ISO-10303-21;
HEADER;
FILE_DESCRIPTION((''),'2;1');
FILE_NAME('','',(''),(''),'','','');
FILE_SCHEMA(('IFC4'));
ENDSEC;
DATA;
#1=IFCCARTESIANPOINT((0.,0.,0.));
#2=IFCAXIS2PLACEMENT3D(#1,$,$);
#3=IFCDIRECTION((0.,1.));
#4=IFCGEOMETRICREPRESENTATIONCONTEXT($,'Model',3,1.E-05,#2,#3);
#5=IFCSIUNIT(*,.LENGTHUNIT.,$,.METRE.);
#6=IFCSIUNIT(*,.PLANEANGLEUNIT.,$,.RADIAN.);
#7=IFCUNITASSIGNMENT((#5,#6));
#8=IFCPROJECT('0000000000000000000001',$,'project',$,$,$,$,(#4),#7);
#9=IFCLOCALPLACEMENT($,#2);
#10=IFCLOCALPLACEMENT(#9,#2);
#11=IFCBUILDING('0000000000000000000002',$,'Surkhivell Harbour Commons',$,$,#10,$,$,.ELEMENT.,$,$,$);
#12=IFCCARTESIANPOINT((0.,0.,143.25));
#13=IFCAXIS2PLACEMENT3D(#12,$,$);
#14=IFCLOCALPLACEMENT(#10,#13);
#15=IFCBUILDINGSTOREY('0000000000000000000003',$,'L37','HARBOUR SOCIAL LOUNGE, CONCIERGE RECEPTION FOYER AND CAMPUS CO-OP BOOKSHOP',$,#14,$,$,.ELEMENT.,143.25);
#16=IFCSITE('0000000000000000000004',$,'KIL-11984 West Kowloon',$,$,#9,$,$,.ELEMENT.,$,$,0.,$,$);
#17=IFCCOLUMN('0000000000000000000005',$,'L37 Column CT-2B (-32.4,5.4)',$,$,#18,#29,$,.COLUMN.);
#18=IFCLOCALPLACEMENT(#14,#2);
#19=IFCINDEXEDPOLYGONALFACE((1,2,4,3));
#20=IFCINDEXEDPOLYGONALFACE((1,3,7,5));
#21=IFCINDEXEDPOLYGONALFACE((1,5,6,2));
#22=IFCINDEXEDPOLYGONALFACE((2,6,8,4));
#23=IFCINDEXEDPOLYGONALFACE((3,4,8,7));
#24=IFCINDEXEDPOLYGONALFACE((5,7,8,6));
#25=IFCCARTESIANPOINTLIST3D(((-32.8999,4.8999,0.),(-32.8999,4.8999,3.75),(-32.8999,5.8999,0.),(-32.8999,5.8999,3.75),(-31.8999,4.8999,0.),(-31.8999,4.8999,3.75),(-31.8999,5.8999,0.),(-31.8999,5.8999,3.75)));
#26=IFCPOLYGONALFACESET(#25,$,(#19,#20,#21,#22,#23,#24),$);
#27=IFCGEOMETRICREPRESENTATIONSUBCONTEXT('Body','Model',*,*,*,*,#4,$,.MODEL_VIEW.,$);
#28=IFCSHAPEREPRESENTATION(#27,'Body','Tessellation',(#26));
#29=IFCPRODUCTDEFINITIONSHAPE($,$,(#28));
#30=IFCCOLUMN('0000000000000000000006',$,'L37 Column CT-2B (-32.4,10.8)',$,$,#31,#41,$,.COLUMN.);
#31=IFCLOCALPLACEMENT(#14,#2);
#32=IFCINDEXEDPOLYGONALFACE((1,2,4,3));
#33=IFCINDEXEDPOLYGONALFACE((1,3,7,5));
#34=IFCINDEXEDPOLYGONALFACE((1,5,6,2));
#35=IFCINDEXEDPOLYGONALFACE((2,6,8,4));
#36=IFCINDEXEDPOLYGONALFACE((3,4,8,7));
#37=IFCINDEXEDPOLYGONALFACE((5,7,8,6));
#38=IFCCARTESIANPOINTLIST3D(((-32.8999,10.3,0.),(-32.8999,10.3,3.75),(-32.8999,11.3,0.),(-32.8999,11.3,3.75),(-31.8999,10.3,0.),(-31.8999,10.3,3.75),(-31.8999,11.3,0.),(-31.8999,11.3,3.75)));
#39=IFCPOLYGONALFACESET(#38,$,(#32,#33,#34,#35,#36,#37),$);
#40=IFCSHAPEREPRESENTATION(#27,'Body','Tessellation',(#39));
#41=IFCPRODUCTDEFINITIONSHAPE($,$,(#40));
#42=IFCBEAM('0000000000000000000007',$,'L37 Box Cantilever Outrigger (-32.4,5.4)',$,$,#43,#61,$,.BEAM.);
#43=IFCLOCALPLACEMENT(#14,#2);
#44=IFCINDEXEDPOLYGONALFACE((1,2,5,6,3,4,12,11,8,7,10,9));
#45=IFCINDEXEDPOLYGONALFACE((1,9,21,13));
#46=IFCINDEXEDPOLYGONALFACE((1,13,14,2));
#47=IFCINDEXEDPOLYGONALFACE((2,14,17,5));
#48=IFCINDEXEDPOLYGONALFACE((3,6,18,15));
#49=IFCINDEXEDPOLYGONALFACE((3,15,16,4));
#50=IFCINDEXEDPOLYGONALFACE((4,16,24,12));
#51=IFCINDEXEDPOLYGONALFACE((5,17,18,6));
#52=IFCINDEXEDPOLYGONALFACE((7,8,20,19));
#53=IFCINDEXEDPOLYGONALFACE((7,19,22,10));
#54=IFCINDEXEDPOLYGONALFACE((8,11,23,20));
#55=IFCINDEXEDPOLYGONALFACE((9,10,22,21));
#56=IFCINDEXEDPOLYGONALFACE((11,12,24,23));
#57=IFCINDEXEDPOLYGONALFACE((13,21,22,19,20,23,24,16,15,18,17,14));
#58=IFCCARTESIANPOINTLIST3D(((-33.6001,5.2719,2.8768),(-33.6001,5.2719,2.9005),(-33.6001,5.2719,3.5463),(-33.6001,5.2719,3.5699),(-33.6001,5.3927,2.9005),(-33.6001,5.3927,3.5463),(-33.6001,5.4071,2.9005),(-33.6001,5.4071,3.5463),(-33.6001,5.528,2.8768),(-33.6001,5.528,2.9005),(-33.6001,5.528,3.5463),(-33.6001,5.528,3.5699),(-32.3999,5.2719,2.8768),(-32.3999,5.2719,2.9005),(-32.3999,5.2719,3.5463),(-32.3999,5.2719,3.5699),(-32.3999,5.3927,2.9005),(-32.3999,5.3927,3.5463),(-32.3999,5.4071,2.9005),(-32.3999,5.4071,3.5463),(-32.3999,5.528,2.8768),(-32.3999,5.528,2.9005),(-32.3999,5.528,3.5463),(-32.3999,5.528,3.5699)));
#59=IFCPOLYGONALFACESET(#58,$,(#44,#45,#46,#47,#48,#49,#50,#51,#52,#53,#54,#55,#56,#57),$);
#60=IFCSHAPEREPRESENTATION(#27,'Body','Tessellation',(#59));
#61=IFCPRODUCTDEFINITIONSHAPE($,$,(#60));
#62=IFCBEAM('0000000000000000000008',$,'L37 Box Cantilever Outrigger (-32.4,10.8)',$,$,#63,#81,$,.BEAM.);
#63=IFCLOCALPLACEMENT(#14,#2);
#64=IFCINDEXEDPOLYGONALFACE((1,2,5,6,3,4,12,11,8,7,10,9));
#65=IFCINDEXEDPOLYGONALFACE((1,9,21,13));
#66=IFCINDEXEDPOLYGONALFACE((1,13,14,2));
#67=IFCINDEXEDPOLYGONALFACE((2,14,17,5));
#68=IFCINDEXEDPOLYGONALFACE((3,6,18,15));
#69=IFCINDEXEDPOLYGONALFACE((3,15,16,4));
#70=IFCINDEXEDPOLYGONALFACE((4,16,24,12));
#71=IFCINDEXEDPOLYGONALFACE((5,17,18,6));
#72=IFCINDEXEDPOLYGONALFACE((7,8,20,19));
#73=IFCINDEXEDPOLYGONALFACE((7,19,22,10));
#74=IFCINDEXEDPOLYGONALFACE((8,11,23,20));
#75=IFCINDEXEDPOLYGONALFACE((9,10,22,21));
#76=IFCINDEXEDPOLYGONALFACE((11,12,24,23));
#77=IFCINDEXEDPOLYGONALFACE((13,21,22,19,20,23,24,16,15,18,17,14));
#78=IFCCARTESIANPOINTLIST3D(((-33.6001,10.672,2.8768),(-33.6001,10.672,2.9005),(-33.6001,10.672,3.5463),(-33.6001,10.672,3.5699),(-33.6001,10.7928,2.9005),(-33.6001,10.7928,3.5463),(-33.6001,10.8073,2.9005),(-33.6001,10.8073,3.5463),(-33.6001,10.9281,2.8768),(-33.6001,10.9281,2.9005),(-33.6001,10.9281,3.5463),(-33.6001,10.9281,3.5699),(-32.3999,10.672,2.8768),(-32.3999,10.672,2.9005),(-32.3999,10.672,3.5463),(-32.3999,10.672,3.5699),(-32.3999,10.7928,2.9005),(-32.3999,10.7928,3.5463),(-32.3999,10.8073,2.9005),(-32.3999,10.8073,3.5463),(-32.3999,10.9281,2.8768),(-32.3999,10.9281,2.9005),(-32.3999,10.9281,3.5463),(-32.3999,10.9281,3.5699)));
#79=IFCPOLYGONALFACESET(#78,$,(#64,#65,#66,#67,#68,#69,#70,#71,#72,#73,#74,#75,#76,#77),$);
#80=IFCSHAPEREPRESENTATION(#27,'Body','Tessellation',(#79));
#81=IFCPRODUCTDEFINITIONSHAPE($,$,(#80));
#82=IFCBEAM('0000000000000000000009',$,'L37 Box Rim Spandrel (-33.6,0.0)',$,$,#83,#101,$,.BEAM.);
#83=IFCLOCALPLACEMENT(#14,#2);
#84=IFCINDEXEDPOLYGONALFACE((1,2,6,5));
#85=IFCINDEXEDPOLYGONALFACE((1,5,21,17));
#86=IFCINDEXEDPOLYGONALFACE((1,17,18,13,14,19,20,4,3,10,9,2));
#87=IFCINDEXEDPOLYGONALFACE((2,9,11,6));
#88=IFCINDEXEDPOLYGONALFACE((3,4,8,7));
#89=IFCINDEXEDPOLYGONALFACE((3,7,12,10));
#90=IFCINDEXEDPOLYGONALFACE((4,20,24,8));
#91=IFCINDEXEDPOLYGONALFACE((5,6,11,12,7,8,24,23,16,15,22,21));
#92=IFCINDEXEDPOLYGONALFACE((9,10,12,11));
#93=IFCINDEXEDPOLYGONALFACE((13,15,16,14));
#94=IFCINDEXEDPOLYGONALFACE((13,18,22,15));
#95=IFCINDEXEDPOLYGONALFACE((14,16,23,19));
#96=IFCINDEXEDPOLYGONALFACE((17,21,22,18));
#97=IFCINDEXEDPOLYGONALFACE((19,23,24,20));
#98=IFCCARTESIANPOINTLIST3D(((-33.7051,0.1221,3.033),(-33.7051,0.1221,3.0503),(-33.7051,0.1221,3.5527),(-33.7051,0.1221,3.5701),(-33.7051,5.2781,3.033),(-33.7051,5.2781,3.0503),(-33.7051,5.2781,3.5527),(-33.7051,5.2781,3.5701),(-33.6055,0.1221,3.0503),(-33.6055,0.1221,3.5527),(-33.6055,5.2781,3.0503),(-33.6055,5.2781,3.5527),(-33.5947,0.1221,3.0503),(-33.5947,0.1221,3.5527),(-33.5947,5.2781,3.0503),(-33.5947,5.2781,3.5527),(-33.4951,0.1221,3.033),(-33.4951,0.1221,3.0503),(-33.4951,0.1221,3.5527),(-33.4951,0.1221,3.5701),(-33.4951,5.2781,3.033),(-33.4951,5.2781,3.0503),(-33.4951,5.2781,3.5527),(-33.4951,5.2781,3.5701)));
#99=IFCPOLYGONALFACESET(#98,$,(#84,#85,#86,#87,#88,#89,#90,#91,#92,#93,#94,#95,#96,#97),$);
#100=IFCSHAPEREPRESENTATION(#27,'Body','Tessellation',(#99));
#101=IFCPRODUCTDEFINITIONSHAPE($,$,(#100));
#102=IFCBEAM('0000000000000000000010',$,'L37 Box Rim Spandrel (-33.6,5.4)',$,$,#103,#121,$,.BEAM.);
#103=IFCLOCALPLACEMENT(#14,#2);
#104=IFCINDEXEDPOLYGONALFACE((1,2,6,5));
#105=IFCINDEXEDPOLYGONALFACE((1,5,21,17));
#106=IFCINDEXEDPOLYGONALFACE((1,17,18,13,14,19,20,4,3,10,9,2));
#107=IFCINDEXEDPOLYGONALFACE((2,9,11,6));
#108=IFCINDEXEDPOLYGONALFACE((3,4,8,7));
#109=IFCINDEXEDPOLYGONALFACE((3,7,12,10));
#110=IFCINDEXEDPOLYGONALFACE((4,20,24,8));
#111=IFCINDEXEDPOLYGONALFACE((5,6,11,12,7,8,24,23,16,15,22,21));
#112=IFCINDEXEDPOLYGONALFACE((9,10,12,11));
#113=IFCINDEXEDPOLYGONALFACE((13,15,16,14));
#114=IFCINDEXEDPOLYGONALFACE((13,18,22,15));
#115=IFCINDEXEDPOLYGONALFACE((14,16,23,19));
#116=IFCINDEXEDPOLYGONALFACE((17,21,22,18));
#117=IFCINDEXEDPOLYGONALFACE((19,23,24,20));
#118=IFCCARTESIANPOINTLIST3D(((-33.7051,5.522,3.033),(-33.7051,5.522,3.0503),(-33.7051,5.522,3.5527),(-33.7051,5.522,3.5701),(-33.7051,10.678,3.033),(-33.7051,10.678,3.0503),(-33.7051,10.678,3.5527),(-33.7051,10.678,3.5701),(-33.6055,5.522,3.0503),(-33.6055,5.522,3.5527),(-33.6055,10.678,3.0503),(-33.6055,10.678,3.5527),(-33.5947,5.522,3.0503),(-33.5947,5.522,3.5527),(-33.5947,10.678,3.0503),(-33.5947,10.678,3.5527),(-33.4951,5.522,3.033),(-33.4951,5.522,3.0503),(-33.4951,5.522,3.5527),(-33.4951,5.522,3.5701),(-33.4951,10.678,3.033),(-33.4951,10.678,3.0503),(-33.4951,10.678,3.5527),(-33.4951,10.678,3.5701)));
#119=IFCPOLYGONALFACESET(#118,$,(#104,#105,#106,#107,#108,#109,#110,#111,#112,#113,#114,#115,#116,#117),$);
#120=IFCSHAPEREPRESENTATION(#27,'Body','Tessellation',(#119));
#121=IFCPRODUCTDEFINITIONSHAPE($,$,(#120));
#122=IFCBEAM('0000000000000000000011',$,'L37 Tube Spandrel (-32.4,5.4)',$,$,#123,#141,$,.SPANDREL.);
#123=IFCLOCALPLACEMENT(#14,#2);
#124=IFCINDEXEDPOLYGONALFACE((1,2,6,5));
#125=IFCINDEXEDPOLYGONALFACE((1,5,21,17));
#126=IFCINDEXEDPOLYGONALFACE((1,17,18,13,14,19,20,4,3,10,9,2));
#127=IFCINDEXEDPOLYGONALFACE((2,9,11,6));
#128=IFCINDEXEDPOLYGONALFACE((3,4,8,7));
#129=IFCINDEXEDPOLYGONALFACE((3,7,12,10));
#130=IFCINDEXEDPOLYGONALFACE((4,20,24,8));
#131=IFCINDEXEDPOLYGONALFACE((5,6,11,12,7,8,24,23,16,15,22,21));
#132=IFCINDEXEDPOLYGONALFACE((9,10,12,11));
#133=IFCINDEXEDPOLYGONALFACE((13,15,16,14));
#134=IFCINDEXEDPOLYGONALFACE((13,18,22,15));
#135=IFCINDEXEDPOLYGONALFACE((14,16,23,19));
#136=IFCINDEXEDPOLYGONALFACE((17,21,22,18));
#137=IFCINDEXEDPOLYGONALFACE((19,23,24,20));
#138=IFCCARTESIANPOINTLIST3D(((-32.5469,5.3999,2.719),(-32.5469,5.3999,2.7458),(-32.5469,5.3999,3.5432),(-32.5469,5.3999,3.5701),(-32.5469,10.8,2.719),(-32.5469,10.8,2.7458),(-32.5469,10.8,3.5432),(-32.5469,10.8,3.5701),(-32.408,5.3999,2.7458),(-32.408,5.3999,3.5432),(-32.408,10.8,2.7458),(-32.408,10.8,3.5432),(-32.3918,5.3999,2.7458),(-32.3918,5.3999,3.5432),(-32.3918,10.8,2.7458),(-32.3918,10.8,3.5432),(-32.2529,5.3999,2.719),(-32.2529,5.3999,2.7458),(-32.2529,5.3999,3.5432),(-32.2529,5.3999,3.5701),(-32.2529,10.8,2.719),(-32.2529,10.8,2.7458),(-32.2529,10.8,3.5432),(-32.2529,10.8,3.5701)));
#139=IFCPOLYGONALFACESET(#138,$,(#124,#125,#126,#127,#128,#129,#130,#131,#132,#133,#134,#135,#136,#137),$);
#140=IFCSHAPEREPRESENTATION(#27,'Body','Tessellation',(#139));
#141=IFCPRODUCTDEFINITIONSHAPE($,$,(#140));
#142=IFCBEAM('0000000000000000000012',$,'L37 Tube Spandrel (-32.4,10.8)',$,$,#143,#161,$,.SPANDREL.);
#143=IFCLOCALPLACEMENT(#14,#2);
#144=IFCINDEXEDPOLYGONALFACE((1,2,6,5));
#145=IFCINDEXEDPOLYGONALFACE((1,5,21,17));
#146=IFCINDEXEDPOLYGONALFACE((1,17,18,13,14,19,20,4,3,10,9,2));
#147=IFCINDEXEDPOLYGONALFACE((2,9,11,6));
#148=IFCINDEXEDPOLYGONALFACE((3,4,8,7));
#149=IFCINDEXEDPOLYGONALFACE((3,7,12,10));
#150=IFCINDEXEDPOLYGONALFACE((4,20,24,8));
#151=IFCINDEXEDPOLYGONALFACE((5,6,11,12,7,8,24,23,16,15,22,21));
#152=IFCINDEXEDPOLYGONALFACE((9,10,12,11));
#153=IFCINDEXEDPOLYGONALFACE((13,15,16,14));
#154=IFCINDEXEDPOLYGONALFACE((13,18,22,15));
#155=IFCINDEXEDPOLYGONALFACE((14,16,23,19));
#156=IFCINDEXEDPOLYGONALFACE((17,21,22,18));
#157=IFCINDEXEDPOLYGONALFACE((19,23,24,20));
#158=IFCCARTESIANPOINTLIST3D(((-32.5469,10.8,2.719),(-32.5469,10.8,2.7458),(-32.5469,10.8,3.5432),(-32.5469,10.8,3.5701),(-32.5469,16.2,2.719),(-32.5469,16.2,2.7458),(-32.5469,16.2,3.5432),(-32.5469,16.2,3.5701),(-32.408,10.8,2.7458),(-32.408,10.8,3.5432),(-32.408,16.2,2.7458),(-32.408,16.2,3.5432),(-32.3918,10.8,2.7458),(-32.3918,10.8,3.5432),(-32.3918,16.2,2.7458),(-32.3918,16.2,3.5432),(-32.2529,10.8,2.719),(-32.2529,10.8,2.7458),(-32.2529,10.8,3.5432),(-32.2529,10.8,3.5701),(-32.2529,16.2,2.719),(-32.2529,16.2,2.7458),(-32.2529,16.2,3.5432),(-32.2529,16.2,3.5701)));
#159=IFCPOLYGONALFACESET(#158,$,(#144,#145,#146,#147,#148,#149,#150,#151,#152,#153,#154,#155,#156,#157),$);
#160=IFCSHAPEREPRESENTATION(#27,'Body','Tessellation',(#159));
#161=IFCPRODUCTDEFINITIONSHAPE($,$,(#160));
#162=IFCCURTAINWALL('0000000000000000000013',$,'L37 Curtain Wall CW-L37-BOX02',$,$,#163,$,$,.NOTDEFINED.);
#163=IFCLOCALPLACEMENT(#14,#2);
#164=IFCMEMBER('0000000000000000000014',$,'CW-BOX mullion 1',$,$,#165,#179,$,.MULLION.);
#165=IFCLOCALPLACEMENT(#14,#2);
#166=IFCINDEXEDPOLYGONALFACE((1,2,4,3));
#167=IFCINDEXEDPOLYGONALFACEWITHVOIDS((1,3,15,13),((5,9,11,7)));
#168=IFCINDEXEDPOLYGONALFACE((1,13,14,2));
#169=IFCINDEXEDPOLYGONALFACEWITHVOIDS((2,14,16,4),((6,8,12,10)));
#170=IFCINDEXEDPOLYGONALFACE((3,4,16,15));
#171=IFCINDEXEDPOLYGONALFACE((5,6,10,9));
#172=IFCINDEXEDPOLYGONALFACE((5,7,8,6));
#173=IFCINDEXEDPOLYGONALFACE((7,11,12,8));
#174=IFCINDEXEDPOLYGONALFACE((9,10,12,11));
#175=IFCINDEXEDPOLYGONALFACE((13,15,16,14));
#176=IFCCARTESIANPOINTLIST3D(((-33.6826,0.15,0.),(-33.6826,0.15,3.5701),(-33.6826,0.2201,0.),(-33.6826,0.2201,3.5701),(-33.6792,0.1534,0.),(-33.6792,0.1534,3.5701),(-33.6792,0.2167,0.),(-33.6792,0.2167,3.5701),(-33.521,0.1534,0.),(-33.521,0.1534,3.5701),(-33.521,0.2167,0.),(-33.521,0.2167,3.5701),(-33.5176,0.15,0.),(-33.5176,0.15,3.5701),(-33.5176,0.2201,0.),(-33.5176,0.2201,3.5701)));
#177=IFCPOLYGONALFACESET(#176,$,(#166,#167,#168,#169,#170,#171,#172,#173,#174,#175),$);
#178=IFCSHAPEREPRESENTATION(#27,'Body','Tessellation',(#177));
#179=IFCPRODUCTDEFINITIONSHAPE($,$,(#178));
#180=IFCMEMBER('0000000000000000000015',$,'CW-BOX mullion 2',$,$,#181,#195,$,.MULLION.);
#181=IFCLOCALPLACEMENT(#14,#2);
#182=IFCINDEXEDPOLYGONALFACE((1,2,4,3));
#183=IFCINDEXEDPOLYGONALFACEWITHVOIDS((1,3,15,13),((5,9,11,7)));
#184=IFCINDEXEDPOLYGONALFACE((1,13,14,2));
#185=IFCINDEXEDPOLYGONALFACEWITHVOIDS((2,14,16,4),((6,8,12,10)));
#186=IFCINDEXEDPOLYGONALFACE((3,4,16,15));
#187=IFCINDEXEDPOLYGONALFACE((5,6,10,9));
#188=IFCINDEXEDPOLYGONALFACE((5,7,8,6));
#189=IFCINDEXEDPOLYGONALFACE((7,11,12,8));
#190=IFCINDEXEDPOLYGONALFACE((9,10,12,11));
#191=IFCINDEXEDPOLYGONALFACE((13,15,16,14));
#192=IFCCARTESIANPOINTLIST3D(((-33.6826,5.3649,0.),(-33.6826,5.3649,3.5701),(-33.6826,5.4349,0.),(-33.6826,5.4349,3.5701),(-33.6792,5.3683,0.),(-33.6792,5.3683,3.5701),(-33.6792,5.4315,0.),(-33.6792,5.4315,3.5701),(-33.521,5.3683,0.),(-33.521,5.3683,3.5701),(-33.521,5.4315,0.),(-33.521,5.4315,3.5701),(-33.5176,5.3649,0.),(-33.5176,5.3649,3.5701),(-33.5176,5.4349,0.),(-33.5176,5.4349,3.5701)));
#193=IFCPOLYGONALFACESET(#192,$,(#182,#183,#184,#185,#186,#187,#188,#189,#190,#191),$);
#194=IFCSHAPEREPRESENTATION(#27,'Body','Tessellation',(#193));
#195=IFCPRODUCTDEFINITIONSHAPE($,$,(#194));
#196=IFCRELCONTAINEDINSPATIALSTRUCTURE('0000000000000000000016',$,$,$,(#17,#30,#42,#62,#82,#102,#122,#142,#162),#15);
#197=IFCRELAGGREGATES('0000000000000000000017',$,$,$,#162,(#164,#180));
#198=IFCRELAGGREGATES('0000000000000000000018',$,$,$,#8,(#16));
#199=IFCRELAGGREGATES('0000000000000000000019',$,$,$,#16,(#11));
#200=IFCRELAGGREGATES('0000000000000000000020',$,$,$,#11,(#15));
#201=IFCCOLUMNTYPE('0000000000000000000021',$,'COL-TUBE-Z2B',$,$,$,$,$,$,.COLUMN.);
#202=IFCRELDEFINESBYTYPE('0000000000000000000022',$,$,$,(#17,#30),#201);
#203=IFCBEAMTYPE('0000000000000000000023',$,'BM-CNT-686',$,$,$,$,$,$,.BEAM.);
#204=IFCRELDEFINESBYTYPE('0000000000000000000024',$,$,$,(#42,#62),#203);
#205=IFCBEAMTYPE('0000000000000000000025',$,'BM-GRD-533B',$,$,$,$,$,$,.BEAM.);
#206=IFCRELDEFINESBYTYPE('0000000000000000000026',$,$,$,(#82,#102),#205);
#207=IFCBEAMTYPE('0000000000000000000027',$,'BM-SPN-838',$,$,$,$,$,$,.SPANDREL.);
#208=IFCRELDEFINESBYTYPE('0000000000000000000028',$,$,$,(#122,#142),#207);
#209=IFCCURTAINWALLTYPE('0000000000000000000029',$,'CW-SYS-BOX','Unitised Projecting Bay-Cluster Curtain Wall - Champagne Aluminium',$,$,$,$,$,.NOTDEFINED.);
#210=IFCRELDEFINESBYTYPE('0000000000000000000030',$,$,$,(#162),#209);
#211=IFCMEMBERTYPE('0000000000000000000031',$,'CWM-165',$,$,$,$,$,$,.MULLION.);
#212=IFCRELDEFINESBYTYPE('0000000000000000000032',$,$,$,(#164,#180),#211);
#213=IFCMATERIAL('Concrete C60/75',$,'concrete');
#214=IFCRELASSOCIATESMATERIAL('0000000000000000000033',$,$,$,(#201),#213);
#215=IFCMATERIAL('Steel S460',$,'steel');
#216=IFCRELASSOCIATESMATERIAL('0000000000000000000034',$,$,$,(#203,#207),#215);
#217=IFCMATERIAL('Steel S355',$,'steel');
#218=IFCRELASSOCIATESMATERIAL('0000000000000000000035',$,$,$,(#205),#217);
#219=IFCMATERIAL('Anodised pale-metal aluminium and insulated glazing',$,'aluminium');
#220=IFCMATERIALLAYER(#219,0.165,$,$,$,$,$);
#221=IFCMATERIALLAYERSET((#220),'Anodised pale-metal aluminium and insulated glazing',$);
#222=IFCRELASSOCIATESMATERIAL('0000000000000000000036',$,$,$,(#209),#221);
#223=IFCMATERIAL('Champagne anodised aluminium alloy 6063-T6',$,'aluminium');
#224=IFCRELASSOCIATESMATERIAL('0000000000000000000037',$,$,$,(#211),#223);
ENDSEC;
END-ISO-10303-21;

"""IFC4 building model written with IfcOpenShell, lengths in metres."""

from ifc_helpers import new_model, si_unit, direction, frame, origin, origin_2d, place, context, subcontext, project, spatial, rectangle, hollow_rectangle, i_section, extrude, material, layer, layer_set, material_profile, profile_set, type_object, element, aggregate, save


model = new_model("IFC4")

# Units and contexts
model_context = context("Model", 3, precision=1e-05, world=origin(), true_north=direction((0.0, 1.0)))
body_context = subcontext(model_context, "Body", "Model", "MODEL_VIEW")
ifc_project = project(units=[si_unit("LENGTHUNIT", "METRE"), si_unit("PLANEANGLEUNIT", "RADIAN")], contexts=[model_context])

# Site, building, storey
site_placement = place(None, origin())
site = spatial("IfcSite", under=ifc_project, at=site_placement, Name="KIL-11984 West Kowloon", CompositionType="ELEMENT", RefElevation=0.0)
building_placement = place(site_placement, origin())
building = spatial("IfcBuilding", under=site, at=building_placement, Name="Surkhivell Harbour Commons", CompositionType="ELEMENT")
storey_placement = place(building_placement, frame((0.0, 0.0, 143.25)))
storey = spatial("IfcBuildingStorey", under=building, at=storey_placement, Name="L37", Description="HARBOUR SOCIAL LOUNGE, CONCIERGE RECEPTION FOYER AND CAMPUS CO-OP BOOKSHOP", CompositionType="ELEMENT", Elevation=143.25)

# Columns
ifc_material_1 = material(Name="Concrete C60/75", Category="concrete")
ifc_material_profile_1 = material_profile(ifc_material_1, rectangle(XDim=1.0, YDim=1.0, at=origin_2d()), Name="RC-COL-1000x1000")
ifc_profile_set_1 = profile_set([ifc_material_profile_1], Name="Concrete C60/75")
column_type = type_object("IfcColumnType", Name="COL-TUBE-Z2B", PredefinedType="COLUMN", material=ifc_profile_set_1)
for number, where, z_axis, x_axis, name in (
    (1, (-32.3999, 5.3999, 0.0), (0.0, 0.0, 1.0), (1.0, 0.0, 0.0), "L37 Column CT-2B (-32.4,5.4)"),
    (2, (-32.3999, 10.8, 0.0), (0.0, 0.0, 1.0), (1.0, 0.0, 0.0), "L37 Column CT-2B (-32.4,10.8)"),
):
    element("IfcColumn", number, at=place(storey_placement, frame(where, z_axis=z_axis, x_axis=x_axis)), inside=storey, type_object=column_type, Name=name, PredefinedType="COLUMN", context=body_context, shape_type="SweptSolid", body=[
        extrude(rectangle(XDim=1.0, YDim=1.0, at=origin_2d()), origin(), (0.0, 0.0, 1.0), 3.75),
    ])

# Beams
ifc_material_2 = material(Name="Steel S460", Category="steel")
ifc_material_profile_2 = material_profile(ifc_material_2, i_section(OverallWidth=0.2561, OverallDepth=0.6931, WebThickness=0.0144, FlangeThickness=0.0237, at=origin_2d()), Name="UB686x254x170")
ifc_profile_set_2 = profile_set([ifc_material_profile_2], Name="Steel S460")
beam_type_1 = type_object("IfcBeamType", Name="BM-CNT-686", PredefinedType="BEAM", material=ifc_profile_set_2)
for number, where, z_axis, x_axis, name in (
    (3, (-32.3999, 5.3999, 3.2234), (-1.0, 0.0, 0.0), (0.0, -1.0, 0.0), "L37 Box Cantilever Outrigger (-32.4,5.4)"),
    (4, (-32.3999, 10.8, 3.2234), (-1.0, 0.0, 0.0), (0.0, -1.0, 0.0), "L37 Box Cantilever Outrigger (-32.4,10.8)"),
):
    element("IfcBeam", number, at=place(storey_placement, frame(where, z_axis=z_axis, x_axis=x_axis)), inside=storey, type_object=beam_type_1, Name=name, PredefinedType="BEAM", context=body_context, shape_type="SweptSolid", body=[
        extrude(i_section(OverallWidth=0.2561, OverallDepth=0.6931, WebThickness=0.0144, FlangeThickness=0.0237, at=origin_2d()), origin(), (0.0, 0.0, 1.0), 1.2002),
    ])
ifc_material_3 = material(Name="Steel S355", Category="steel")
ifc_material_profile_3 = material_profile(ifc_material_3, i_section(OverallWidth=0.21, OverallDepth=0.5371, WebThickness=0.0107, FlangeThickness=0.0173, at=origin_2d()), Name="UB533x210x101")
ifc_profile_set_3 = profile_set([ifc_material_profile_3], Name="Steel S355")
beam_type_2 = type_object("IfcBeamType", Name="BM-GRD-533B", PredefinedType="BEAM", material=ifc_profile_set_3)
for number, where, z_axis, x_axis, name in (
    (5, (-33.6001, 0.1221, 3.3015), (0.0, 1.0, 0.0), (-1.0, 0.0, 0.0), "L37 Box Rim Spandrel (-33.6,0.0)"),
    (6, (-33.6001, 5.522, 3.3015), (0.0, 1.0, 0.0), (-1.0, 0.0, 0.0), "L37 Box Rim Spandrel (-33.6,5.4)"),
):
    element("IfcBeam", number, at=place(storey_placement, frame(where, z_axis=z_axis, x_axis=x_axis)), inside=storey, type_object=beam_type_2, Name=name, PredefinedType="BEAM", context=body_context, shape_type="SweptSolid", body=[
        extrude(i_section(OverallWidth=0.21, OverallDepth=0.5371, WebThickness=0.0107, FlangeThickness=0.0173, at=origin_2d()), origin(), (0.0, 0.0, 1.0), 5.156),
    ])
ifc_material_profile_4 = material_profile(ifc_material_2, i_section(OverallWidth=0.2939, OverallDepth=0.8511, WebThickness=0.0161, FlangeThickness=0.0269, at=origin_2d()), Name="UB838x292x226")
ifc_profile_set_4 = profile_set([ifc_material_profile_4], Name="Steel S460")
beam_type_3 = type_object("IfcBeamType", Name="BM-SPN-838", PredefinedType="SPANDREL", material=ifc_profile_set_4)
beam_1_placement = place(storey_placement, frame((-32.3999, 5.3999, 3.1445), z_axis=(0.0, 1.0, 0.0), x_axis=(-1.0, 0.0, 0.0)))
element("IfcBeam", 7, at=beam_1_placement, inside=storey, type_object=beam_type_3, Name="L37 Tube Spandrel (-32.4,5.4)", PredefinedType="SPANDREL", context=body_context, shape_type="SweptSolid", body=[
    extrude(i_section(OverallWidth=0.2939, OverallDepth=0.8511, WebThickness=0.0161, FlangeThickness=0.0269, at=origin_2d()), origin(), (0.0, 0.0, 1.0), 5.4001),
])
beam_2_placement = place(storey_placement, frame((-32.3999, 10.8, 3.1445), z_axis=(0.0, 1.0, 0.0), x_axis=(-1.0, 0.0, 0.0)))
element("IfcBeam", 8, at=beam_2_placement, inside=storey, type_object=beam_type_3, Name="L37 Tube Spandrel (-32.4,10.8)", PredefinedType="SPANDREL", context=body_context, shape_type="SweptSolid", body=[
    extrude(i_section(OverallWidth=0.2939, OverallDepth=0.8511, WebThickness=0.0161, FlangeThickness=0.0269, at=origin_2d()), origin(), (0.0, 0.0, 1.0), 5.3999),
])

# Curtain wall, members
ifc_material_4 = material(Name="Anodised pale-metal aluminium and insulated glazing", Category="aluminium")
ifc_layer_1 = layer(ifc_material_4, 0.165)
ifc_layer_set_1 = layer_set([ifc_layer_1], Name="Anodised pale-metal aluminium and insulated glazing")
curtain_wall_type = type_object("IfcCurtainWallType", Name="CW-SYS-BOX", Description="Unitised Projecting Bay-Cluster Curtain Wall - Champagne Aluminium", PredefinedType="NOTDEFINED", material=ifc_layer_set_1)
curtain_wall_placement = place(storey_placement, origin())
curtain_wall = element("IfcCurtainWall", 9, at=curtain_wall_placement, inside=storey, type_object=curtain_wall_type, Name="L37 Curtain Wall CW-L37-BOX02", PredefinedType="NOTDEFINED")
ifc_material_5 = material(Name="Champagne anodised aluminium alloy 6063-T6", Category="aluminium")
ifc_material_profile_5 = material_profile(ifc_material_5, hollow_rectangle(XDim=0.0701, YDim=0.165, WallThickness=0.0034, at=origin_2d()), Name="ALU-MULL-70x165")
ifc_profile_set_5 = profile_set([ifc_material_profile_5], Name="Champagne anodised aluminium alloy 6063-T6")
member_type_1 = type_object("IfcMemberType", Name="CWM-165", PredefinedType="MULLION", material=ifc_profile_set_5)
member_1_placement = place(storey_placement, frame((-33.6001, 0.1851, 0.0), z_axis=(0.0, 0.0, 1.0), x_axis=(0.0, 1.0, 0.0)))
member_1 = element("IfcMember", 10, at=member_1_placement, type_object=member_type_1, Name="CW-BOX mullion 1", PredefinedType="MULLION", context=body_context, shape_type="SweptSolid", body=[
    extrude(hollow_rectangle(XDim=0.0701, YDim=0.165, WallThickness=0.0034, at=origin_2d()), origin(), (0.0, 0.0, 1.0), 3.5701),
])
member_2_placement = place(storey_placement, frame((-33.6001, 5.3999, 0.0), z_axis=(0.0, 0.0, 1.0), x_axis=(0.0, 1.0, 0.0)))
member_2 = element("IfcMember", 11, at=member_2_placement, type_object=member_type_1, Name="CW-BOX mullion 2", PredefinedType="MULLION", context=body_context, shape_type="SweptSolid", body=[
    extrude(hollow_rectangle(XDim=0.0701, YDim=0.165, WallThickness=0.0034, at=origin_2d()), origin(), (0.0, 0.0, 1.0), 3.5701),
])
aggregate(curtain_wall, [member_1, member_2])

save(model, "model.ifc")
